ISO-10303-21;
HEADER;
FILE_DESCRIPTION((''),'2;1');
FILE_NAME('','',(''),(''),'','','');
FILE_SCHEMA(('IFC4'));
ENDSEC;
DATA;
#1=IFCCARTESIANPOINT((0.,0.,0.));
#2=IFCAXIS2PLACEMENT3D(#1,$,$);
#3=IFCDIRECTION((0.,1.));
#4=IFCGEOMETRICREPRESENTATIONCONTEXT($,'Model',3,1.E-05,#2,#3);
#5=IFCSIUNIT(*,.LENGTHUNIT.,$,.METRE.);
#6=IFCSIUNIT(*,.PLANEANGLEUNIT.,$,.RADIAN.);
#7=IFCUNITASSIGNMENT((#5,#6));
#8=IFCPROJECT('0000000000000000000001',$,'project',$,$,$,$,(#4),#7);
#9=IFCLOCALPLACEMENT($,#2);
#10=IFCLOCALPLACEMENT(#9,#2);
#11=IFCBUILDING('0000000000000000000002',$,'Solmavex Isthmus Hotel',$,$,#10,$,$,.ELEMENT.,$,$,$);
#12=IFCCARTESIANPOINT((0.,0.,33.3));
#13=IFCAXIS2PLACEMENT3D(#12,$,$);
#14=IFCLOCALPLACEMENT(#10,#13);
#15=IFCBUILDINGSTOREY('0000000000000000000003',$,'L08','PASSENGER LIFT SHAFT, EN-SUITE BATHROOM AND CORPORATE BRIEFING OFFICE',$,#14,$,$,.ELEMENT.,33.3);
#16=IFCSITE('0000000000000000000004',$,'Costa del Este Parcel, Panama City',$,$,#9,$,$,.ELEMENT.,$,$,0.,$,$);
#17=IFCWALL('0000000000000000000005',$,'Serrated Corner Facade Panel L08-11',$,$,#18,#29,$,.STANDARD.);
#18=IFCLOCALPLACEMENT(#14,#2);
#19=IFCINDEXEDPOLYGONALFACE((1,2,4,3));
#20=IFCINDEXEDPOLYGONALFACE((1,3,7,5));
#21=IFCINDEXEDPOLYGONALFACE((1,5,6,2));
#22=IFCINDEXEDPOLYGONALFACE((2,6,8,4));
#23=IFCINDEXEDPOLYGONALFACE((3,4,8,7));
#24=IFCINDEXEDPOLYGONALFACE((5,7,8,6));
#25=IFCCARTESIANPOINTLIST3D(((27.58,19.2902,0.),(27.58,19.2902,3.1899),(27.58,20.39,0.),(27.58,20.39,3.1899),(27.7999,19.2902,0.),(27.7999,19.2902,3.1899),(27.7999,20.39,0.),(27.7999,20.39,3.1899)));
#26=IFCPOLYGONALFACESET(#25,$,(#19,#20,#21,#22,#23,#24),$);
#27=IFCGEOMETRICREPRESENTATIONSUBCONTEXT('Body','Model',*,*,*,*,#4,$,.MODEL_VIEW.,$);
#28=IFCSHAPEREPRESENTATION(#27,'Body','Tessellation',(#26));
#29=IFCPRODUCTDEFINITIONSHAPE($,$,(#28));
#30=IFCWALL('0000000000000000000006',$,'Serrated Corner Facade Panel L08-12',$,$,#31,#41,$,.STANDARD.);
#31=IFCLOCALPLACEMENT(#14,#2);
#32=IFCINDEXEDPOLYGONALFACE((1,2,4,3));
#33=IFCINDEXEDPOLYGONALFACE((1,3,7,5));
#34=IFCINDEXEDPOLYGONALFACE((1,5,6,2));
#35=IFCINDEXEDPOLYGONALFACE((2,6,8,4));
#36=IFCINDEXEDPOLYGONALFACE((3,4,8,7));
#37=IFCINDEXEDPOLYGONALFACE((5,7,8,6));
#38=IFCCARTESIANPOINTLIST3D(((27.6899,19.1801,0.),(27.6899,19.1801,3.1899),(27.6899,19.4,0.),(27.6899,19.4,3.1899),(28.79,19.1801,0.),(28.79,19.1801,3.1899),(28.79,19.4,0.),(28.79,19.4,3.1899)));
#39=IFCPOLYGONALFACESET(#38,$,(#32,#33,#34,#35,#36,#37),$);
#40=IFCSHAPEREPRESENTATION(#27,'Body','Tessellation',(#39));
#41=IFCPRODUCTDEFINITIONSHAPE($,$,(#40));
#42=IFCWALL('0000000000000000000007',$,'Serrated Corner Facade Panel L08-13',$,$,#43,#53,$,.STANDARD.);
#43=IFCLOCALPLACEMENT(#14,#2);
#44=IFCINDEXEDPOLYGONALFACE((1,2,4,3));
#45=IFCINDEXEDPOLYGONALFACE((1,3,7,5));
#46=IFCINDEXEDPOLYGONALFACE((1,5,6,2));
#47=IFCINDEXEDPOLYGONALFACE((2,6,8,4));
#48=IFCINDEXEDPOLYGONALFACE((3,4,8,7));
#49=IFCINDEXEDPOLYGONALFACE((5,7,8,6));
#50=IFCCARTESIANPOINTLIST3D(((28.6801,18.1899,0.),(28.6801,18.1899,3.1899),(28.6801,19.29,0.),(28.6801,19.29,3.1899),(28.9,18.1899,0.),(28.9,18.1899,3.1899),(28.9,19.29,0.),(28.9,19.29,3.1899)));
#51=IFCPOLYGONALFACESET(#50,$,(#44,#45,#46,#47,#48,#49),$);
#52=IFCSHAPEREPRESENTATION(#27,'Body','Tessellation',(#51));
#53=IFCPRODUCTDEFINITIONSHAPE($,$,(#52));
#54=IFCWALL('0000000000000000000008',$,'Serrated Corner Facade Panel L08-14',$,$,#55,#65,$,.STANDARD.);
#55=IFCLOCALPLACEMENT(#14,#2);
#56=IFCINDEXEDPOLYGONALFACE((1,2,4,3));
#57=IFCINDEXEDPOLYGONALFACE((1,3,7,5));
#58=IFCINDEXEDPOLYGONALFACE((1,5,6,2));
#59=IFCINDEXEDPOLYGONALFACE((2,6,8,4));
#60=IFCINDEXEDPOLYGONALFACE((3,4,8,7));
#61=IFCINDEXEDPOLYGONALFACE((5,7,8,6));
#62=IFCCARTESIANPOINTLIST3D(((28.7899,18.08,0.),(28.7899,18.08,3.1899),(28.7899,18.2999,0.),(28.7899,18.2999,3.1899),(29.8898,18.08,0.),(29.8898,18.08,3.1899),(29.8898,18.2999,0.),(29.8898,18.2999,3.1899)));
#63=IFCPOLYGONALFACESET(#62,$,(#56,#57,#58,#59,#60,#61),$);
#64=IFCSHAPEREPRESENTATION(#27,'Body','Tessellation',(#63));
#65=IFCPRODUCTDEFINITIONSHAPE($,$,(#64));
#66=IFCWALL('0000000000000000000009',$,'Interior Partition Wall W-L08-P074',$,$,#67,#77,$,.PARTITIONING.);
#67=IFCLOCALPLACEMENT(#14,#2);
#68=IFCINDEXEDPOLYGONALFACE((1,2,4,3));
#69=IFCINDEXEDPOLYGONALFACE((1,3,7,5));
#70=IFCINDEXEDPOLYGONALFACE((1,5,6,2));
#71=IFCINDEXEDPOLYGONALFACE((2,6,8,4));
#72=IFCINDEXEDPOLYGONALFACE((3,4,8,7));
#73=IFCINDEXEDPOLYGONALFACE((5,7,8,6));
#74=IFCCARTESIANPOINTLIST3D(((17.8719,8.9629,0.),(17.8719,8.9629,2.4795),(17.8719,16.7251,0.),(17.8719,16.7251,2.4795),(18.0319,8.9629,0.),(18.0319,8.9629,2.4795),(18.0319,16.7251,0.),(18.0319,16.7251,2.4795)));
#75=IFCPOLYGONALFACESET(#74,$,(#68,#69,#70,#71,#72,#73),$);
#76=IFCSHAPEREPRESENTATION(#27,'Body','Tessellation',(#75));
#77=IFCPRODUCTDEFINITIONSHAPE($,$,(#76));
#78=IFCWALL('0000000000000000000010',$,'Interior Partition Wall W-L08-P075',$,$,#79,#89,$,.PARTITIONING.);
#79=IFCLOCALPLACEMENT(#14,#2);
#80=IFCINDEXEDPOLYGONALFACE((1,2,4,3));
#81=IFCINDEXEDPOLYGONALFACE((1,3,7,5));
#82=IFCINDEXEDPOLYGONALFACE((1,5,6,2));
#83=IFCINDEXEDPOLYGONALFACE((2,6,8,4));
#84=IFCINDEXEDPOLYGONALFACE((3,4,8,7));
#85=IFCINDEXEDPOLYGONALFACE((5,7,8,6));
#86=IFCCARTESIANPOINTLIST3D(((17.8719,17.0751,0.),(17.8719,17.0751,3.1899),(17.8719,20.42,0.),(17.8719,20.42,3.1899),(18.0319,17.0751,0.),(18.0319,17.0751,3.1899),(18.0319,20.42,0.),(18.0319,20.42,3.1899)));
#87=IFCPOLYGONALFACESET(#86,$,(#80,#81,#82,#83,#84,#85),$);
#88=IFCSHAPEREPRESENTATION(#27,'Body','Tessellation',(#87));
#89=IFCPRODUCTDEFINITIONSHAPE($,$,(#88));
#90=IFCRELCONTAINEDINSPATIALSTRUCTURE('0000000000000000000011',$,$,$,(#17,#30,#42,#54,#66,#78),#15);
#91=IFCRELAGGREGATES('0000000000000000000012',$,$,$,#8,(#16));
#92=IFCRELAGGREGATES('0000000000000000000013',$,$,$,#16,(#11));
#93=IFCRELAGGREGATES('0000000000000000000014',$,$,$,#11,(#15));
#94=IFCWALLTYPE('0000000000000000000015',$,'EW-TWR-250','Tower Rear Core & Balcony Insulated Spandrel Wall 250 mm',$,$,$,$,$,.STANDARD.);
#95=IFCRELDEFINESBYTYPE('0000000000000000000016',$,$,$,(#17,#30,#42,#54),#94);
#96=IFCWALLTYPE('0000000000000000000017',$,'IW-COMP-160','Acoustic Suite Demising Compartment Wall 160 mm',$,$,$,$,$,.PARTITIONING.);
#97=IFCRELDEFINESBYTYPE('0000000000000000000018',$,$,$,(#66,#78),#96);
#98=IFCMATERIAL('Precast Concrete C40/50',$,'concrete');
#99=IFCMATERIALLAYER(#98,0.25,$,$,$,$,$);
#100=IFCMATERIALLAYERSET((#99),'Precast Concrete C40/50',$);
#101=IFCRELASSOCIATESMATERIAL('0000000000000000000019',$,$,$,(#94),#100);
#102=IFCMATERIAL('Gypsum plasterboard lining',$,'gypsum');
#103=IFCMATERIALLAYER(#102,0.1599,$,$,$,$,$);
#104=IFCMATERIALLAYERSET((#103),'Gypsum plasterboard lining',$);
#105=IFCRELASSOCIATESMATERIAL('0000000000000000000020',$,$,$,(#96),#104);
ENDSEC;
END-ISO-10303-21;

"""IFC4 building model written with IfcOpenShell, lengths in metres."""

from ifc_helpers import new_model, si_unit, direction, frame, frame_2d, origin, place, context, subcontext, project, spatial, rectangle, extrude, material, layer, layer_set, type_object, element, save


model = new_model("IFC4")

# Units and contexts
model_context = context("Model", 3, precision=1e-05, world=origin(), true_north=direction((0.0, 1.0)))
body_context = subcontext(model_context, "Body", "Model", "MODEL_VIEW")
ifc_project = project(units=[si_unit("LENGTHUNIT", "METRE"), si_unit("PLANEANGLEUNIT", "RADIAN")], contexts=[model_context])

# Site, building, storey
site_placement = place(None, origin())
site = spatial("IfcSite", under=ifc_project, at=site_placement, Name="Costa del Este Parcel, Panama City", CompositionType="ELEMENT", RefElevation=0.0)
building_placement = place(site_placement, origin())
building = spatial("IfcBuilding", under=site, at=building_placement, Name="Solmavex Isthmus Hotel", CompositionType="ELEMENT")
storey_placement = place(building_placement, frame((0.0, 0.0, 33.3)))
storey = spatial("IfcBuildingStorey", under=building, at=storey_placement, Name="L08", Description="PASSENGER LIFT SHAFT, EN-SUITE BATHROOM AND CORPORATE BRIEFING OFFICE", CompositionType="ELEMENT", Elevation=33.3)

# Walls
ifc_material_1 = material(Name="Precast Concrete C40/50", Category="concrete")
ifc_layer_1 = layer(ifc_material_1, 0.25)
ifc_layer_set_1 = layer_set([ifc_layer_1], Name="Precast Concrete C40/50")
wall_type_1 = type_object("IfcWallType", Name="EW-TWR-250", Description="Tower Rear Core & Balcony Insulated Spandrel Wall 250 mm", PredefinedType="STANDARD", material=ifc_layer_set_1)
wall_1_placement = place(storey_placement, frame((27.6899, 20.3899, 0.0), z_axis=(0.0, 0.0, 1.0), x_axis=(0.0, -1.0, 0.0)))
element("IfcWall", 1, at=wall_1_placement, inside=storey, type_object=wall_type_1, Name="Serrated Corner Facade Panel L08-11", PredefinedType="STANDARD", context=body_context, shape_type="SweptSolid", body=[
    extrude(rectangle(XDim=1.0999, YDim=0.22, at=frame_2d((0.5498, 0.0))), origin(), (0.0, 0.0, 1.0), 3.1899),
])
for number, where, z_axis, x_axis, name in (
    (2, (27.6899, 19.29, 0.0), (0.0, 0.0, 1.0), (1.0, 0.0, 0.0), "Serrated Corner Facade Panel L08-12"),
    (3, (28.79, 19.29, 0.0), (0.0, 0.0, 1.0), (0.0, -1.0, 0.0), "Serrated Corner Facade Panel L08-13"),
):
    element("IfcWall", number, at=place(storey_placement, frame(where, z_axis=z_axis, x_axis=x_axis)), inside=storey, type_object=wall_type_1, Name=name, PredefinedType="STANDARD", context=body_context, shape_type="SweptSolid", body=[
        extrude(rectangle(XDim=1.1001, YDim=0.22, at=frame_2d((0.55, 0.0))), origin(), (0.0, 0.0, 1.0), 3.1899),
    ])
wall_2_placement = place(storey_placement, frame((28.79, 18.1899, 0.0), z_axis=(0.0, 0.0, 1.0), x_axis=(1.0, 0.0, 0.0)))
element("IfcWall", 4, at=wall_2_placement, inside=storey, type_object=wall_type_1, Name="Serrated Corner Facade Panel L08-14", PredefinedType="STANDARD", context=body_context, shape_type="SweptSolid", body=[
    extrude(rectangle(XDim=1.0999, YDim=0.22, at=frame_2d((0.5498, 0.0))), origin(), (0.0, 0.0, 1.0), 3.1899),
])
ifc_material_2 = material(Name="Gypsum plasterboard lining", Category="gypsum")
ifc_layer_2 = layer(ifc_material_2, 0.1599)
ifc_layer_set_2 = layer_set([ifc_layer_2], Name="Gypsum plasterboard lining")
wall_type_2 = type_object("IfcWallType", Name="IW-COMP-160", Description="Acoustic Suite Demising Compartment Wall 160 mm", PredefinedType="PARTITIONING", material=ifc_layer_set_2)
wall_3_placement = place(storey_placement, frame((17.9519, 16.7251, 0.0), z_axis=(0.0, 0.0, 1.0), x_axis=(0.0, -1.0, 0.0)))
element("IfcWall", 5, at=wall_3_placement, inside=storey, type_object=wall_type_2, Name="Interior Partition Wall W-L08-P074", PredefinedType="PARTITIONING", context=body_context, shape_type="SweptSolid", body=[
    extrude(rectangle(XDim=7.7622, YDim=0.1599, at=frame_2d((3.8811, 0.0))), origin(), (0.0, 0.0, 1.0), 2.4795),
])
wall_4_placement = place(storey_placement, frame((17.9519, 20.4199, 0.0), z_axis=(0.0, 0.0, 1.0), x_axis=(0.0, -1.0, 0.0)))
element("IfcWall", 6, at=wall_4_placement, inside=storey, type_object=wall_type_2, Name="Interior Partition Wall W-L08-P075", PredefinedType="PARTITIONING", context=body_context, shape_type="SweptSolid", body=[
    extrude(rectangle(XDim=3.345, YDim=0.1599, at=frame_2d((1.6724, 0.0))), origin(), (0.0, 0.0, 1.0), 3.1899),
])

save(model, "model.ifc")
